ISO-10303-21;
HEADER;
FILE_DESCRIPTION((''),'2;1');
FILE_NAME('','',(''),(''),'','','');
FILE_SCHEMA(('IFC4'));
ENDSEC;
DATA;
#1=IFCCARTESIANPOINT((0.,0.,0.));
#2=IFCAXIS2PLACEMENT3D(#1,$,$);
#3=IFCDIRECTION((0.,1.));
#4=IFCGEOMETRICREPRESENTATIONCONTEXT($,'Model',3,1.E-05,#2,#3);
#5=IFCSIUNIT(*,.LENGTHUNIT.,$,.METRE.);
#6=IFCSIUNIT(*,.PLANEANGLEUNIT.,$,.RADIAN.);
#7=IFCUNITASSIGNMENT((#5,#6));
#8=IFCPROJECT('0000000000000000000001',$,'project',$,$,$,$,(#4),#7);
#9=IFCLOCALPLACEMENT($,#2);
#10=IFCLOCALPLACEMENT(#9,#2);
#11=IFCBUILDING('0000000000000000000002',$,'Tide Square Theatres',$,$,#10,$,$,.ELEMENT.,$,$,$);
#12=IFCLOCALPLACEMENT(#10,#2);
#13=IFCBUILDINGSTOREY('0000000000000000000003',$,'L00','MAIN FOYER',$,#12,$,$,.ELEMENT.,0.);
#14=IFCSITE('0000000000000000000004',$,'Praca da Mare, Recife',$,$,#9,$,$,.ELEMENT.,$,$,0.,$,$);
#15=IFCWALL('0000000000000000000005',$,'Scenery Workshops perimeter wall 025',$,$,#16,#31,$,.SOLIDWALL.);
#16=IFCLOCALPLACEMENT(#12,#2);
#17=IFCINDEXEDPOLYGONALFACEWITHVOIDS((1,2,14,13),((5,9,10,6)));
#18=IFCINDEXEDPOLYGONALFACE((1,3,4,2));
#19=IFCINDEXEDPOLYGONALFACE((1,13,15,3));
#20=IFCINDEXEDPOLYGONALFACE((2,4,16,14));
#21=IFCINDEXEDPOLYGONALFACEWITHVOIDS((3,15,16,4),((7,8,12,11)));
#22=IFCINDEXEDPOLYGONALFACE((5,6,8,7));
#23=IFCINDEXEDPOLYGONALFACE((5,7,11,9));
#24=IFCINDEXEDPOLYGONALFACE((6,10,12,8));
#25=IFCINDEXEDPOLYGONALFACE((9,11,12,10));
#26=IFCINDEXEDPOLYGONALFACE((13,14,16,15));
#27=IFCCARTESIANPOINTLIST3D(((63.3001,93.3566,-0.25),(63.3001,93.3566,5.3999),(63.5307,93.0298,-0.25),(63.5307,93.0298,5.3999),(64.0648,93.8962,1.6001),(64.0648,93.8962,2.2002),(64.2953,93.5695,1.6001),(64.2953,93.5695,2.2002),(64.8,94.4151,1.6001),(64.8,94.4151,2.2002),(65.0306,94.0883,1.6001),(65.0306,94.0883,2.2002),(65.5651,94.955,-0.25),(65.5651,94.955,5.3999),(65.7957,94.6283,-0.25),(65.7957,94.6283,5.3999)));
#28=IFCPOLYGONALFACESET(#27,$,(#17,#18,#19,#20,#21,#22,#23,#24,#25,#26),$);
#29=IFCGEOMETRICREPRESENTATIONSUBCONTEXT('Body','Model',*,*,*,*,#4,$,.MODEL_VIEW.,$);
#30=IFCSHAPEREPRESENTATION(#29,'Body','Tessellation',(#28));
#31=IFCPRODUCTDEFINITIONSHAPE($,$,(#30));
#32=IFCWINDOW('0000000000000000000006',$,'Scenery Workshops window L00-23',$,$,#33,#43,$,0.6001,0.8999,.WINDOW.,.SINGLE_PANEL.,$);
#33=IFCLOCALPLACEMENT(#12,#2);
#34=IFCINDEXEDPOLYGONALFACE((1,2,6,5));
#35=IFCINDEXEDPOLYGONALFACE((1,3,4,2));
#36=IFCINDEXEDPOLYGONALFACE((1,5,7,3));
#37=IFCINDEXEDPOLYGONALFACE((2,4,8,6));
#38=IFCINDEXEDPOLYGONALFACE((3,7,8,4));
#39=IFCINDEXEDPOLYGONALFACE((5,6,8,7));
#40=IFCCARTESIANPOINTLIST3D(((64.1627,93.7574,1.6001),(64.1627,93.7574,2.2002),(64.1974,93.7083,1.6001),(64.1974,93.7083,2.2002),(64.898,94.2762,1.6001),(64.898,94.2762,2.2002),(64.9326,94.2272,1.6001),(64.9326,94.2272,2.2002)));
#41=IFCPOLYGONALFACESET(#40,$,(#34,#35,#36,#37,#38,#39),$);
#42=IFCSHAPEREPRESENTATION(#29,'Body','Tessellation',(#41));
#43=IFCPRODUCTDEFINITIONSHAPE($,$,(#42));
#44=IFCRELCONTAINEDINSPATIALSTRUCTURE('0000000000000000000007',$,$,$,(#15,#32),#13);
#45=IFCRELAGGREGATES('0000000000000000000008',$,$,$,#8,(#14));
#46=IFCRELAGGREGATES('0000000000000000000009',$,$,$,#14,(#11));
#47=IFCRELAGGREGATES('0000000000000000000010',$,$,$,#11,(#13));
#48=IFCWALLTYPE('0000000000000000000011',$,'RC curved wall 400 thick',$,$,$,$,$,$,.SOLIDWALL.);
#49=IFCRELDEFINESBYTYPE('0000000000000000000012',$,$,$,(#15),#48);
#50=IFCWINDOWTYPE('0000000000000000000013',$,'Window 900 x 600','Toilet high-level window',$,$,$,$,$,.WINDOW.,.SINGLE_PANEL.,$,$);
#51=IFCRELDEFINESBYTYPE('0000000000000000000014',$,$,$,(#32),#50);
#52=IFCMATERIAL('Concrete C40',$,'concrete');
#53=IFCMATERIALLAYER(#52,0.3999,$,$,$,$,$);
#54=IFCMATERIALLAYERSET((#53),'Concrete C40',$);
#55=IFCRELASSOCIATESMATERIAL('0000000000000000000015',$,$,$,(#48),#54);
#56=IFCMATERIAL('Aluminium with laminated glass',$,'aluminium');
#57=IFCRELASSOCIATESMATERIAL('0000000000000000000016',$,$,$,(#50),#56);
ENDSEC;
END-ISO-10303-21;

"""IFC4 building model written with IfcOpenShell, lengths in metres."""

from ifc_helpers import new_model, si_unit, direction, frame, frame_2d, origin, place, context, subcontext, project, spatial, rectangle, extrude, material, layer, layer_set, type_object, element, fill, save


model = new_model("IFC4")

# Units and contexts
model_context = context("Model", 3, precision=1e-05, world=origin(), true_north=direction((0.0, 1.0)))
body_context = subcontext(model_context, "Body", "Model", "MODEL_VIEW")
ifc_project = project(units=[si_unit("LENGTHUNIT", "METRE"), si_unit("PLANEANGLEUNIT", "RADIAN")], contexts=[model_context])

# Site, building, storey
site_placement = place(None, origin())
site = spatial("IfcSite", under=ifc_project, at=site_placement, Name="Praca da Mare, Recife", CompositionType="ELEMENT", RefElevation=0.0)
building_placement = place(site_placement, origin())
building = spatial("IfcBuilding", under=site, at=building_placement, Name="Tide Square Theatres", CompositionType="ELEMENT")
storey_placement = place(building_placement, origin())
storey = spatial("IfcBuildingStorey", under=building, at=storey_placement, Name="L00", Description="MAIN FOYER", CompositionType="ELEMENT", Elevation=0.0)

# Shared definitions
ifc_material_1 = material(Name="Concrete C40", Category="concrete")
ifc_layer_1 = layer(ifc_material_1, 0.3999)
ifc_layer_set_1 = layer_set([ifc_layer_1], Name="Concrete C40")
wall_type_1 = type_object("IfcWallType", Name="RC curved wall 400 thick", PredefinedType="SOLIDWALL", material=ifc_layer_set_1)

# Wall, opening, window
ifc_material_2 = material(Name="Aluminium with laminated glass", Category="aluminium")
window_type_1 = type_object("IfcWindowType", Name="Window 900 x 600", Description="Toilet high-level window", PartitioningType="SINGLE_PANEL", PredefinedType="WINDOW", material=ifc_material_2)
wall_1_placement = place(storey_placement, frame((63.4153, 93.1931, -0.25), z_axis=(0.0, 0.0, 1.0), x_axis=(0.817029, 0.576597, 0.0)))
wall_1 = element("IfcWall", 1, at=wall_1_placement, inside=storey, type_object=wall_type_1, Name="Scenery Workshops perimeter wall 025", PredefinedType="SOLIDWALL", context=body_context, shape_type="SweptSolid", body=[
    extrude(rectangle(XDim=2.7722, YDim=0.3999, at=frame_2d((1.3862, 0.0))), origin(), (0.0, 0.0, 1.0), 5.6499),
])
opening_1_placement = place(wall_1_placement, frame((0.936, 0.0, 1.8501)))
opening_1 = element("IfcOpeningElement", 2, at=opening_1_placement, cuts=wall_1, PredefinedType="OPENING", context=body_context, shape_type="SweptSolid", body=[
    extrude(rectangle(XDim=0.8999, YDim=0.6001, at=frame_2d((0.45, 0.3))), frame((0.0, 0.21, 0.0), z_axis=(0.0, -1.0, 0.0), x_axis=(1.0, 0.0, 0.0)), (0.0, 0.0, 1.0), 0.4199),
])
window_1_placement = place(opening_1_placement, origin())
window_1 = element("IfcWindow", 3, at=window_1_placement, inside=storey, type_object=window_type_1, Name="Scenery Workshops window L00-23", OverallHeight=0.6001, OverallWidth=0.8999, PartitioningType="SINGLE_PANEL", PredefinedType="WINDOW", context=body_context, shape_type="SweptSolid", body=[
    extrude(rectangle(XDim=0.8999, YDim=0.6001, at=frame_2d((0.45, 0.3))), frame((0.0, 0.03, 0.0), z_axis=(0.0, -1.0, 0.0), x_axis=(1.0, 0.0, 0.0)), (0.0, 0.0, 1.0), 0.0601),
])
fill(opening_1, window_1)

save(model, "model.ifc")
